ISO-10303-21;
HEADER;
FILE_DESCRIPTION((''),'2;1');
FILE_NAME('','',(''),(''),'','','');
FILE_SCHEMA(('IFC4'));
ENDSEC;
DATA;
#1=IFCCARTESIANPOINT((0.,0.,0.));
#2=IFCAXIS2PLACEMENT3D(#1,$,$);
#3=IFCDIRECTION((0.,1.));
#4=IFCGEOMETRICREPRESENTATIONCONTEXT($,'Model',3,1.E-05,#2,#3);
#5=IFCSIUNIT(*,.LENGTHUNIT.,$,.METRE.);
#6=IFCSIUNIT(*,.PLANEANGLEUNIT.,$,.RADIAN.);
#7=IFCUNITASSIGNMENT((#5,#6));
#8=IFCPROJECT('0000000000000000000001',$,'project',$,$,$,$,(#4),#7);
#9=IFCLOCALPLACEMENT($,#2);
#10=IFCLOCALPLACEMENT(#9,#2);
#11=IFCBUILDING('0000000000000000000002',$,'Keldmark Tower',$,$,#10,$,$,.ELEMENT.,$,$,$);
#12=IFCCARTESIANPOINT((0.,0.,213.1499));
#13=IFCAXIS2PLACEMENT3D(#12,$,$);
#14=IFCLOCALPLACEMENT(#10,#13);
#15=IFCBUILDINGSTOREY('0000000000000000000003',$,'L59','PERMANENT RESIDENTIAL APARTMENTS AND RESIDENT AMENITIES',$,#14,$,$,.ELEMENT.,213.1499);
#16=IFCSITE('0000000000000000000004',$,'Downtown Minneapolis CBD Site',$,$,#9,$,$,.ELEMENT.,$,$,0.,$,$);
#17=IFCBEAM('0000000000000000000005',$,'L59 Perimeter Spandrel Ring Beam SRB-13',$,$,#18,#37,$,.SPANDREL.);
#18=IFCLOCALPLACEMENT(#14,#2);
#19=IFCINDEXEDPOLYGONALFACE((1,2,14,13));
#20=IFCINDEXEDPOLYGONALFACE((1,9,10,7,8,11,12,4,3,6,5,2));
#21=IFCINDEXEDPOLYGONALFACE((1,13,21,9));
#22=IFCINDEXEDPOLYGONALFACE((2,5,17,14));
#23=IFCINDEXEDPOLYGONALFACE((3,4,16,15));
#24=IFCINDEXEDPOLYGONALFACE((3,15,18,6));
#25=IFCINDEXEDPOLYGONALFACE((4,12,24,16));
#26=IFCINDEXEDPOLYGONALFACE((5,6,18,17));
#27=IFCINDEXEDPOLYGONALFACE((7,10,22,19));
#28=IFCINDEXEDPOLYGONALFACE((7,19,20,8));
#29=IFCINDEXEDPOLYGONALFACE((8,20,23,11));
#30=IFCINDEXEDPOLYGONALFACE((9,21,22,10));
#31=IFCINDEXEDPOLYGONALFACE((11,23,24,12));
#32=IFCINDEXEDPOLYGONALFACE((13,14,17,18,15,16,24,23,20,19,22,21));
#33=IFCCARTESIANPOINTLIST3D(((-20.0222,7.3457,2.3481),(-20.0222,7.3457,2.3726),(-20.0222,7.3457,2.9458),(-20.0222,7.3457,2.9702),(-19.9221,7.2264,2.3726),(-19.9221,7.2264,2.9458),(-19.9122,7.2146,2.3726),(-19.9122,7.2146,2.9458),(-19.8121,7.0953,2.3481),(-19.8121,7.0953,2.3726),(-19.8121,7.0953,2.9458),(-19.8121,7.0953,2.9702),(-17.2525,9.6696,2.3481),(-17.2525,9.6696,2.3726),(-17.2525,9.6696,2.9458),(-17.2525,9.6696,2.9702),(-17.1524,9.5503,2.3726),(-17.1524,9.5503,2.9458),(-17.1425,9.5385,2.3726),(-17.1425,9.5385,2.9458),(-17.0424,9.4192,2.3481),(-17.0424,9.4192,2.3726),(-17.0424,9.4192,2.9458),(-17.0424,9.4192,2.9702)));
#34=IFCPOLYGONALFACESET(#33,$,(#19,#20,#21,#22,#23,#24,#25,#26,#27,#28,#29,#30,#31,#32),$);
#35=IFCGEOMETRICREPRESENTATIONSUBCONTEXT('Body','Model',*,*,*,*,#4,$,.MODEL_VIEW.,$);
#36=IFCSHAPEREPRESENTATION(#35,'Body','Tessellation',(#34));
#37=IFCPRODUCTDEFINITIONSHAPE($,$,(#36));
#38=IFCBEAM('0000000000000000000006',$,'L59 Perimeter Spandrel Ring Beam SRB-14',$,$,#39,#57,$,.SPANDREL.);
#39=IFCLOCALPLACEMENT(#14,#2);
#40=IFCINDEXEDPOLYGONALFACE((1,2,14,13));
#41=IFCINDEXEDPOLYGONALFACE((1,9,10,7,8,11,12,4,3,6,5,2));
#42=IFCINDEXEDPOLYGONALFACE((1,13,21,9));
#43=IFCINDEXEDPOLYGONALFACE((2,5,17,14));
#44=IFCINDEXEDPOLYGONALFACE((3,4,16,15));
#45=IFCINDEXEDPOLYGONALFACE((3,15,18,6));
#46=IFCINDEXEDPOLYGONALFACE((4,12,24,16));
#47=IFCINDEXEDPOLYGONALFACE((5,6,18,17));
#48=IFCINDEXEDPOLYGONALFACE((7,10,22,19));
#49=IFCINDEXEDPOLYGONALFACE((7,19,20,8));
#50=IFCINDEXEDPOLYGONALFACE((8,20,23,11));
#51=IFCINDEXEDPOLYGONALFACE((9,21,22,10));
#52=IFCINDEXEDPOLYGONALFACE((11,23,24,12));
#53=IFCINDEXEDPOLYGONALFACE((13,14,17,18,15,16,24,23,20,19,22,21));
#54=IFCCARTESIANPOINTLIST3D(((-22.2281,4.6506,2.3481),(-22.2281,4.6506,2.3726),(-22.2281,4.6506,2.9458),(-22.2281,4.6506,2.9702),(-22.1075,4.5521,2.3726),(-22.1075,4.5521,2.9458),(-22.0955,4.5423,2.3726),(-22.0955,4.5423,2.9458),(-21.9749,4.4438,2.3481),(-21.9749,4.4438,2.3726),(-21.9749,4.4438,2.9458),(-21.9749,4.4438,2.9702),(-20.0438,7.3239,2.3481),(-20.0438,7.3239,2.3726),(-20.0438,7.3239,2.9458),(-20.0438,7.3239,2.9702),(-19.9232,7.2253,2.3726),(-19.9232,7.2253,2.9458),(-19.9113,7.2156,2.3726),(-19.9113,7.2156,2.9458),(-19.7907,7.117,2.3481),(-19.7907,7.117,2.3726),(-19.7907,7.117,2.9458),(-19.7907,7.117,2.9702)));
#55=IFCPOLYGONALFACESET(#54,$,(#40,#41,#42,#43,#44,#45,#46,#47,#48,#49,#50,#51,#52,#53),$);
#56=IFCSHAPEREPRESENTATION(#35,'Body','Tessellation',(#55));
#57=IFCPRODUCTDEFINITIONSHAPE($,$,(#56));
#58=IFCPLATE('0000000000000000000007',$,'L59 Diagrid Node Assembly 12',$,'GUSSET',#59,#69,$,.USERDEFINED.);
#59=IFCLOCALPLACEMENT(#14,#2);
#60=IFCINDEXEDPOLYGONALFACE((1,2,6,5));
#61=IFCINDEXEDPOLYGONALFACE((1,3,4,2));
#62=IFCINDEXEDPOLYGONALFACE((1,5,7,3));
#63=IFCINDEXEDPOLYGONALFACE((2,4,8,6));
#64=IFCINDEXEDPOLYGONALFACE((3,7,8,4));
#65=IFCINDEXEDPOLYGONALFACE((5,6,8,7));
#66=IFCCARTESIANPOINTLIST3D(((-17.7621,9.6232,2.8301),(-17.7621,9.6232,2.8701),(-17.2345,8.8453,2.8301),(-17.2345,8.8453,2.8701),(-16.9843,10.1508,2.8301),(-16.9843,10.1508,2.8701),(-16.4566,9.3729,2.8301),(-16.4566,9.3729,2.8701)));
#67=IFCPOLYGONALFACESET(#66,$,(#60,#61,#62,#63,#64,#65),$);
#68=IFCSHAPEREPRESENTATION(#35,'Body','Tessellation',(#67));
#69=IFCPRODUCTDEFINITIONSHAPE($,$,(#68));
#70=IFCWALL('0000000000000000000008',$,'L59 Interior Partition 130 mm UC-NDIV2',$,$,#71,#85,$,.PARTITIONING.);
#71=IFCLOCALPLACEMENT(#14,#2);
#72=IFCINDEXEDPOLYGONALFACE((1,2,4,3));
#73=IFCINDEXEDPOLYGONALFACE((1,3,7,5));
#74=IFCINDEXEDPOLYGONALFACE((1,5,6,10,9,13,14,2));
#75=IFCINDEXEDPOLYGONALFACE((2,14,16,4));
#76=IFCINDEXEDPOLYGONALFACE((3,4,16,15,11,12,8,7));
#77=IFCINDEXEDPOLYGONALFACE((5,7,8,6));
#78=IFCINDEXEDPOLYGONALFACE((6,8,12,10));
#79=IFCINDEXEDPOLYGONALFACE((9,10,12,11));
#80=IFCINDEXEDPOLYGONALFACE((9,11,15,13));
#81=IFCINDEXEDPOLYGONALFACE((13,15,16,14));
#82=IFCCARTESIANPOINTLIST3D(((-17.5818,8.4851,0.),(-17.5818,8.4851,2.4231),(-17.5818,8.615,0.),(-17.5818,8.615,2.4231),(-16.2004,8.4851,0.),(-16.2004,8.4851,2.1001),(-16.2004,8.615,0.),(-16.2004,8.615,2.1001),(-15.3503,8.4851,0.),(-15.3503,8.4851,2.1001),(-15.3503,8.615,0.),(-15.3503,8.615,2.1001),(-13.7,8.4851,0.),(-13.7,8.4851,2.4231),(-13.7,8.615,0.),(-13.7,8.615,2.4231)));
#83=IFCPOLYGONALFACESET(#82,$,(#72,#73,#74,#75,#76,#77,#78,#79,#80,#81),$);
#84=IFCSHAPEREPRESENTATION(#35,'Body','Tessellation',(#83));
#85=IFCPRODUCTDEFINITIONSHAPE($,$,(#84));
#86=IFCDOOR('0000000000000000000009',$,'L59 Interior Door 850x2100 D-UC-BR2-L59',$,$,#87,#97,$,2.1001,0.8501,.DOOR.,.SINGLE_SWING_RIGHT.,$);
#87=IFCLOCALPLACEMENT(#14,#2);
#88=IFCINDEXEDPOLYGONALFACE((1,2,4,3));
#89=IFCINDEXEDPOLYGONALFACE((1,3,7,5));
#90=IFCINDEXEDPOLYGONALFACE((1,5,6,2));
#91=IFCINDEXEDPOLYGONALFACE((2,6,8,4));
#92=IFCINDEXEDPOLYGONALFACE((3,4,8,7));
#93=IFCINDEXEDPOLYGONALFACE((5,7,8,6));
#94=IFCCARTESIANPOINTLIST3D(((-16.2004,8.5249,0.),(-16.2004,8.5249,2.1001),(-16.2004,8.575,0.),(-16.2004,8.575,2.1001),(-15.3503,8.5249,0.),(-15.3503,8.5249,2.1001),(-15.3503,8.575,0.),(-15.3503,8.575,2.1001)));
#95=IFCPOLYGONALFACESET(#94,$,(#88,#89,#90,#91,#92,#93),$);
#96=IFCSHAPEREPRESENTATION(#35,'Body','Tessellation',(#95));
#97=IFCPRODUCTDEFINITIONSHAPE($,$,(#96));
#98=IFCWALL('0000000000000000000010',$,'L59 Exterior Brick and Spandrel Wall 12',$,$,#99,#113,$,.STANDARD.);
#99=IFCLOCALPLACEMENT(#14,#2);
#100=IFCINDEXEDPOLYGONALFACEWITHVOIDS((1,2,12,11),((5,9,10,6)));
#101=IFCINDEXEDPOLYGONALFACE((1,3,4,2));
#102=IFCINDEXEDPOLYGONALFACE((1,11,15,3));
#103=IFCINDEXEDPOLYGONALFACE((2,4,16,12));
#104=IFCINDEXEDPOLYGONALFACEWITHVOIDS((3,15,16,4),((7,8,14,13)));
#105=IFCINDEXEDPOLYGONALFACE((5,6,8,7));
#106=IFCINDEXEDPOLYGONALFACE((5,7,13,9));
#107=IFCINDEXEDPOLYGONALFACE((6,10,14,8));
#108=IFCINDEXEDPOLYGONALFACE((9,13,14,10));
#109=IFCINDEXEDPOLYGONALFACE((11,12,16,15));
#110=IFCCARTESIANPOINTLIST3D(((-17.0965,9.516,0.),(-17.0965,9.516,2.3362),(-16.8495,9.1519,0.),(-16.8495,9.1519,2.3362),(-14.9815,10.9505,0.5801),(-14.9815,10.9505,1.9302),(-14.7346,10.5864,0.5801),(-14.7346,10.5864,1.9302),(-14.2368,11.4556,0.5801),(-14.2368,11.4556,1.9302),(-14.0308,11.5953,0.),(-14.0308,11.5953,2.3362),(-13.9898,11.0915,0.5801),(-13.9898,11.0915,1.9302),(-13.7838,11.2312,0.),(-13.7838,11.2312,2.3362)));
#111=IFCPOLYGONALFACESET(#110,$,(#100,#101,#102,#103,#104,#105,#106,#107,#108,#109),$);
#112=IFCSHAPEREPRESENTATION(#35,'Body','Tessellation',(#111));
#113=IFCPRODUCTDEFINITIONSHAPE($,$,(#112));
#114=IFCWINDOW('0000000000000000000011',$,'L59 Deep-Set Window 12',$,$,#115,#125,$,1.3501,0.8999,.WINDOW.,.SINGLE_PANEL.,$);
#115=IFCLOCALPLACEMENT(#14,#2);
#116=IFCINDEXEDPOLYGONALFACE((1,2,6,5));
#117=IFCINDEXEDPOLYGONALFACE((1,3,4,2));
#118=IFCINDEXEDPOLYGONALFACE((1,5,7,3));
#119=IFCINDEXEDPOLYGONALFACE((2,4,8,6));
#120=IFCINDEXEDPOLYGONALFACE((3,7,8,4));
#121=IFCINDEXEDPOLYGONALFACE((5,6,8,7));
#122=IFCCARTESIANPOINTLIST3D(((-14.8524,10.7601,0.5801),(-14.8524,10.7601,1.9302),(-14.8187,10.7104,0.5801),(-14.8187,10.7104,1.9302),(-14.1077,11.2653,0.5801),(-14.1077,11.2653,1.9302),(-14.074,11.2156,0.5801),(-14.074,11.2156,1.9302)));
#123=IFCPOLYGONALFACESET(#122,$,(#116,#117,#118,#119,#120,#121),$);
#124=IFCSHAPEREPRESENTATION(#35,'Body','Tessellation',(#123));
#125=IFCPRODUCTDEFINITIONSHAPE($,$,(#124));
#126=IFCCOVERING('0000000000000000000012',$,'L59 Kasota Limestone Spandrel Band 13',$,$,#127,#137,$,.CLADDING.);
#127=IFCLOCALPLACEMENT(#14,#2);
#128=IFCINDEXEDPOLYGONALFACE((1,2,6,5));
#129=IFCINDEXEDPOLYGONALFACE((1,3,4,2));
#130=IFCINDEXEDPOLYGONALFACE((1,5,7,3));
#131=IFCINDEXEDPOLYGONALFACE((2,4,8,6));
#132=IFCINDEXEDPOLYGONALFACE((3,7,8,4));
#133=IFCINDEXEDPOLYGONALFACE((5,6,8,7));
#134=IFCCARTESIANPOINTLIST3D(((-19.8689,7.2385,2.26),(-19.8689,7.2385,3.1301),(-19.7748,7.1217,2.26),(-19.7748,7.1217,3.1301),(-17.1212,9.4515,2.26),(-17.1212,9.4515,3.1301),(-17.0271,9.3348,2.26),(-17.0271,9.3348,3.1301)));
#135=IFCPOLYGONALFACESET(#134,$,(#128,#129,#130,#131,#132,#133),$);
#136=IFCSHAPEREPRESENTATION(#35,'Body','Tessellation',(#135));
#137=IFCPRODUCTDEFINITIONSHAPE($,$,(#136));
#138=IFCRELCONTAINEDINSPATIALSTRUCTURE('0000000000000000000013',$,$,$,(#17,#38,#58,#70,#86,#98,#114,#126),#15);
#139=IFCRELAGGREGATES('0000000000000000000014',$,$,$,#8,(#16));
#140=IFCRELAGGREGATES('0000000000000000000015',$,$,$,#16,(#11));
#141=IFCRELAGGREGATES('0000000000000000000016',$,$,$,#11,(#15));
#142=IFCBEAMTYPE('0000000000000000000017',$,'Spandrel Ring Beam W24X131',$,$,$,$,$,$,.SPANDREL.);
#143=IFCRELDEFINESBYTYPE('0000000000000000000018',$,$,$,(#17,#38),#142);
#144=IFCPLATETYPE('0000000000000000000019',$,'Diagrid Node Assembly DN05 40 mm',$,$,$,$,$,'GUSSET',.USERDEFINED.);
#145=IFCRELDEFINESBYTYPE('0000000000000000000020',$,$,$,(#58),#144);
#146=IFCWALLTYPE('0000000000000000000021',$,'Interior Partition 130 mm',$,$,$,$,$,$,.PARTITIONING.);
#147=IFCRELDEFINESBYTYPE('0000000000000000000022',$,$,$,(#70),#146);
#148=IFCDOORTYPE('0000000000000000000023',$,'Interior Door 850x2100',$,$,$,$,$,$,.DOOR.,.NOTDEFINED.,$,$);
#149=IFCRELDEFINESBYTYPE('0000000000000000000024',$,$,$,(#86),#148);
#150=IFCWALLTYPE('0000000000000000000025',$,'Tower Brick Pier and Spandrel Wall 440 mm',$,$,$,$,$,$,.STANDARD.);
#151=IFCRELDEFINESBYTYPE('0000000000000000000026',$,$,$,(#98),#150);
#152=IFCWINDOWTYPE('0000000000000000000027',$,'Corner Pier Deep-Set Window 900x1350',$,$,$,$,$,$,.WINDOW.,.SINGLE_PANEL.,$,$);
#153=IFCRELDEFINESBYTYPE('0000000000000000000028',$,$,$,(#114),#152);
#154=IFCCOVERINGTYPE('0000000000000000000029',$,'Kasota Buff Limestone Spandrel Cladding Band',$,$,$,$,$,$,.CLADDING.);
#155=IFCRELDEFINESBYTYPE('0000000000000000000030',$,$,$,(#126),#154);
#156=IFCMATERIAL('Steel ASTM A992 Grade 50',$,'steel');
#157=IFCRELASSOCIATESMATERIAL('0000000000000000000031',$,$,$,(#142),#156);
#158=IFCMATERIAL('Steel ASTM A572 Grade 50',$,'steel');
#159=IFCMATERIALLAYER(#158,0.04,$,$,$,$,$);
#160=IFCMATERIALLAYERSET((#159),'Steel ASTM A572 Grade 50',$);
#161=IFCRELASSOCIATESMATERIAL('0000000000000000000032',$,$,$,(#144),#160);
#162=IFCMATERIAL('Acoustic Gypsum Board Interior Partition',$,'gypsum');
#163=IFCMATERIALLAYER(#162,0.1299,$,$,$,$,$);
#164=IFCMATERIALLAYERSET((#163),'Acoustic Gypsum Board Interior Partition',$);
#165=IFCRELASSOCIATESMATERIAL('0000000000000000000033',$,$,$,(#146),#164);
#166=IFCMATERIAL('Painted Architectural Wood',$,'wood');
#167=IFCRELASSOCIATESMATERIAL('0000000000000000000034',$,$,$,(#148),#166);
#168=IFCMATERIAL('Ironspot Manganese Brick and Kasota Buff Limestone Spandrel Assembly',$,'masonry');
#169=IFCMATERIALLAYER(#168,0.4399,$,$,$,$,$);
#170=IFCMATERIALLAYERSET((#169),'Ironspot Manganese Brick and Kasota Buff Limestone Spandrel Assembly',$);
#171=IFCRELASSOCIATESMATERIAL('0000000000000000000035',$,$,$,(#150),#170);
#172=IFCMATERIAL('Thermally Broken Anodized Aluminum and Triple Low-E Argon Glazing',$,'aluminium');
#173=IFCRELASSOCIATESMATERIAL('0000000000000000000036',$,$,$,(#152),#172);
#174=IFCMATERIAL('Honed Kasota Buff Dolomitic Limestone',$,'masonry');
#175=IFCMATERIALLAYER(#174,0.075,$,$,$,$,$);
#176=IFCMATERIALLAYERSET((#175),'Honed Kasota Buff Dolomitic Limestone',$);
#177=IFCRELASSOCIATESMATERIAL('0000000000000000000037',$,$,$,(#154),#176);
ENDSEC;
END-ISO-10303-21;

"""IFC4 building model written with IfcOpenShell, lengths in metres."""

from ifc_helpers import new_model, si_unit, direction, frame, frame_2d, origin, origin_2d, place, context, subcontext, project, spatial, rectangle, i_section, extrude, material, layer, layer_set, material_profile, profile_set, type_object, element, fill, save


model = new_model("IFC4")

# Units and contexts
model_context = context("Model", 3, precision=1e-05, world=origin(), true_north=direction((0.0, 1.0)))
body_context = subcontext(model_context, "Body", "Model", "MODEL_VIEW")
ifc_project = project(units=[si_unit("LENGTHUNIT", "METRE"), si_unit("PLANEANGLEUNIT", "RADIAN")], contexts=[model_context])

# Site, building, storey
site_placement = place(None, origin())
site = spatial("IfcSite", under=ifc_project, at=site_placement, Name="Downtown Minneapolis CBD Site", CompositionType="ELEMENT", RefElevation=0.0)
building_placement = place(site_placement, origin())
building = spatial("IfcBuilding", under=site, at=building_placement, Name="Keldmark Tower", CompositionType="ELEMENT")
storey_placement = place(building_placement, frame((0.0, 0.0, 213.1499)))
storey = spatial("IfcBuildingStorey", under=building, at=storey_placement, Name="L59", Description="PERMANENT RESIDENTIAL APARTMENTS AND RESIDENT AMENITIES", CompositionType="ELEMENT", Elevation=213.1499)

# Beams
ifc_material_1 = material(Name="Steel ASTM A992 Grade 50", Category="steel")
ifc_material_profile_1 = material_profile(ifc_material_1, i_section(OverallWidth=0.3269, OverallDepth=0.6221, WebThickness=0.0154, FlangeThickness=0.0244, at=origin_2d()), Name="W24X131")
ifc_profile_set_1 = profile_set([ifc_material_profile_1], Name="Steel ASTM A992 Grade 50")
beam_type_1 = type_object("IfcBeamType", Name="Spandrel Ring Beam W24X131", PredefinedType="SPANDREL", material=ifc_profile_set_1)
beam_1_placement = place(storey_placement, frame((-17.1475, 9.5444, 2.6592), z_axis=(-0.766064, -0.642764, 0.0), x_axis=(0.642764, -0.766064, 0.0)))
element("IfcBeam", 1, at=beam_1_placement, inside=storey, type_object=beam_type_1, Name="L59 Perimeter Spandrel Ring Beam SRB-13", PredefinedType="SPANDREL", context=body_context, shape_type="SweptSolid", body=[
    extrude(i_section(OverallWidth=0.3269, OverallDepth=0.6221, WebThickness=0.0154, FlangeThickness=0.0244, at=origin_2d()), origin(), (0.0, 0.0, 1.0), 3.6155),
])
beam_2_placement = place(storey_placement, frame((-19.9172, 7.2205, 2.6592), z_axis=(-0.632725, -0.774376, 0.0), x_axis=(0.774376, -0.632725, 0.0)))
element("IfcBeam", 2, at=beam_2_placement, inside=storey, type_object=beam_type_1, Name="L59 Perimeter Spandrel Ring Beam SRB-14", PredefinedType="SPANDREL", context=body_context, shape_type="SweptSolid", body=[
    extrude(i_section(OverallWidth=0.3269, OverallDepth=0.6221, WebThickness=0.0154, FlangeThickness=0.0244, at=origin_2d()), origin(), (0.0, 0.0, 1.0), 3.4521),
])

# Plate
ifc_material_2 = material(Name="Steel ASTM A572 Grade 50", Category="steel")
ifc_layer_1 = layer(ifc_material_2, 0.04)
ifc_layer_set_1 = layer_set([ifc_layer_1], Name="Steel ASTM A572 Grade 50")
plate_type = type_object("IfcPlateType", Name="Diagrid Node Assembly DN05 40 mm", ElementType="GUSSET", PredefinedType="USERDEFINED", material=ifc_layer_set_1)
plate_placement = place(storey_placement, frame((-17.1094, 9.498, 2.8301), z_axis=(0.0, 0.0, 1.0), x_axis=(-0.827571, -0.561361, 0.0)))
element("IfcPlate", 3, at=plate_placement, inside=storey, type_object=plate_type, Name="L59 Diagrid Node Assembly 12", ObjectType="GUSSET", PredefinedType="USERDEFINED", context=body_context, shape_type="SweptSolid", body=[
    extrude(rectangle(XDim=0.9399, YDim=0.9399, at=origin_2d()), origin(), (0.0, 0.0, 1.0), 0.04),
])

# Wall, opening, door
ifc_material_3 = material(Name="Acoustic Gypsum Board Interior Partition", Category="gypsum")
ifc_layer_2 = layer(ifc_material_3, 0.1299)
ifc_layer_set_2 = layer_set([ifc_layer_2], Name="Acoustic Gypsum Board Interior Partition")
wall_type_1 = type_object("IfcWallType", Name="Interior Partition 130 mm", PredefinedType="PARTITIONING", material=ifc_layer_set_2)
wall_1_placement = place(storey_placement, frame((-17.5818, 8.55, 0.0), z_axis=(0.0, 0.0, 1.0), x_axis=(1.0, 0.0, 0.0)))
wall_1 = element("IfcWall", 4, at=wall_1_placement, inside=storey, type_object=wall_type_1, Name="L59 Interior Partition 130 mm UC-NDIV2", PredefinedType="PARTITIONING", context=body_context, shape_type="SweptSolid", body=[
    extrude(rectangle(XDim=3.8818, YDim=0.1299, at=frame_2d((1.9409, 0.0))), origin(), (0.0, 0.0, 1.0), 2.4231),
])
opening_1_placement = place(wall_1_placement, frame((1.3813, 0.0, 0.0)))
opening_1 = element("IfcOpeningElement", 5, at=opening_1_placement, cuts=wall_1, PredefinedType="OPENING", context=body_context, shape_type="SweptSolid", body=[
    extrude(rectangle(XDim=0.8501, YDim=2.1001, at=frame_2d((0.425, 1.05))), frame((0.0, 0.075, 0.0), z_axis=(0.0, -1.0, 0.0), x_axis=(1.0, 0.0, 0.0)), (0.0, 0.0, 1.0), 0.1499),
])
ifc_material_4 = material(Name="Painted Architectural Wood", Category="wood")
door_type = type_object("IfcDoorType", Name="Interior Door 850x2100", OperationType="NOTDEFINED", PredefinedType="DOOR", material=ifc_material_4)
door_placement = place(opening_1_placement, origin())
door = element("IfcDoor", 6, at=door_placement, inside=storey, type_object=door_type, Name="L59 Interior Door 850x2100 D-UC-BR2-L59", OperationType="SINGLE_SWING_RIGHT", OverallHeight=2.1001, OverallWidth=0.8501, PredefinedType="DOOR", context=body_context, shape_type="SweptSolid", body=[
    extrude(rectangle(XDim=0.8501, YDim=2.1001, at=frame_2d((0.425, 1.05))), frame((0.0, 0.0249, 0.0), z_axis=(0.0, -1.0, 0.0), x_axis=(1.0, 0.0, 0.0)), (0.0, 0.0, 1.0), 0.05),
])
fill(opening_1, door)

# Wall, opening, window
ifc_material_5 = material(Name="Ironspot Manganese Brick and Kasota Buff Limestone Spandrel Assembly", Category="masonry")
ifc_layer_3 = layer(ifc_material_5, 0.4399)
ifc_layer_set_3 = layer_set([ifc_layer_3], Name="Ironspot Manganese Brick and Kasota Buff Limestone Spandrel Assembly")
wall_type_2 = type_object("IfcWallType", Name="Tower Brick Pier and Spandrel Wall 440 mm", PredefinedType="STANDARD", material=ifc_layer_set_3)
wall_2_placement = place(storey_placement, frame((-16.9729, 9.334, 0.0), z_axis=(0.0, 0.0, 1.0), x_axis=(0.827593, 0.561329, 0.0)))
wall_2 = element("IfcWall", 7, at=wall_2_placement, inside=storey, type_object=wall_type_2, Name="L59 Exterior Brick and Spandrel Wall 12", PredefinedType="STANDARD", context=body_context, shape_type="SweptSolid", body=[
    extrude(rectangle(XDim=3.7043, YDim=0.4399, at=frame_2d((1.8521, 0.0))), origin(), (0.0, 0.0, 1.0), 2.3362),
])
opening_2_placement = place(wall_2_placement, frame((2.5554, 0.0, 0.5801)))
opening_2 = element("IfcOpeningElement", 8, at=opening_2_placement, cuts=wall_2, PredefinedType="OPENING", context=body_context, shape_type="SweptSolid", body=[
    extrude(rectangle(XDim=0.8999, YDim=1.3501, at=frame_2d((0.45, 0.675))), frame((0.0, 0.23, 0.0), z_axis=(0.0, -1.0, 0.0), x_axis=(1.0, 0.0, 0.0)), (0.0, 0.0, 1.0), 0.46),
])
ifc_material_6 = material(Name="Thermally Broken Anodized Aluminum and Triple Low-E Argon Glazing", Category="aluminium")
window_type = type_object("IfcWindowType", Name="Corner Pier Deep-Set Window 900x1350", PartitioningType="SINGLE_PANEL", PredefinedType="WINDOW", material=ifc_material_6)
window_placement = place(opening_2_placement, origin())
window = element("IfcWindow", 9, at=window_placement, inside=storey, type_object=window_type, Name="L59 Deep-Set Window 12", OverallHeight=1.3501, OverallWidth=0.8999, PartitioningType="SINGLE_PANEL", PredefinedType="WINDOW", context=body_context, shape_type="SweptSolid", body=[
    extrude(rectangle(XDim=0.8999, YDim=1.3501, at=frame_2d((0.45, 0.675))), frame((0.0, -0.01, 0.0), z_axis=(0.0, -1.0, 0.0), x_axis=(1.0, 0.0, 0.0)), (0.0, 0.0, 1.0), 0.0601),
])
fill(opening_2, window)

# Covering
ifc_material_7 = material(Name="Honed Kasota Buff Dolomitic Limestone", Category="masonry")
ifc_layer_4 = layer(ifc_material_7, 0.075)
ifc_layer_set_4 = layer_set([ifc_layer_4], Name="Honed Kasota Buff Dolomitic Limestone")
covering_type = type_object("IfcCoveringType", Name="Kasota Buff Limestone Spandrel Cladding Band", PredefinedType="CLADDING", material=ifc_layer_set_4)
covering_placement = place(storey_placement, frame((-18.448, 8.2866, 2.26), z_axis=(0.0, 0.0, 1.0), x_axis=(-0.778813, -0.627256, 0.0)))
element("IfcCovering", 10, at=covering_placement, inside=storey, type_object=covering_type, Name="L59 Kasota Limestone Spandrel Band 13", PredefinedType="CLADDING", context=body_context, shape_type="SweptSolid", body=[
    extrude(rectangle(XDim=3.5281, YDim=0.1499, at=origin_2d()), origin(), (0.0, 0.0, 1.0), 0.8701),
])

save(model, "model.ifc")
